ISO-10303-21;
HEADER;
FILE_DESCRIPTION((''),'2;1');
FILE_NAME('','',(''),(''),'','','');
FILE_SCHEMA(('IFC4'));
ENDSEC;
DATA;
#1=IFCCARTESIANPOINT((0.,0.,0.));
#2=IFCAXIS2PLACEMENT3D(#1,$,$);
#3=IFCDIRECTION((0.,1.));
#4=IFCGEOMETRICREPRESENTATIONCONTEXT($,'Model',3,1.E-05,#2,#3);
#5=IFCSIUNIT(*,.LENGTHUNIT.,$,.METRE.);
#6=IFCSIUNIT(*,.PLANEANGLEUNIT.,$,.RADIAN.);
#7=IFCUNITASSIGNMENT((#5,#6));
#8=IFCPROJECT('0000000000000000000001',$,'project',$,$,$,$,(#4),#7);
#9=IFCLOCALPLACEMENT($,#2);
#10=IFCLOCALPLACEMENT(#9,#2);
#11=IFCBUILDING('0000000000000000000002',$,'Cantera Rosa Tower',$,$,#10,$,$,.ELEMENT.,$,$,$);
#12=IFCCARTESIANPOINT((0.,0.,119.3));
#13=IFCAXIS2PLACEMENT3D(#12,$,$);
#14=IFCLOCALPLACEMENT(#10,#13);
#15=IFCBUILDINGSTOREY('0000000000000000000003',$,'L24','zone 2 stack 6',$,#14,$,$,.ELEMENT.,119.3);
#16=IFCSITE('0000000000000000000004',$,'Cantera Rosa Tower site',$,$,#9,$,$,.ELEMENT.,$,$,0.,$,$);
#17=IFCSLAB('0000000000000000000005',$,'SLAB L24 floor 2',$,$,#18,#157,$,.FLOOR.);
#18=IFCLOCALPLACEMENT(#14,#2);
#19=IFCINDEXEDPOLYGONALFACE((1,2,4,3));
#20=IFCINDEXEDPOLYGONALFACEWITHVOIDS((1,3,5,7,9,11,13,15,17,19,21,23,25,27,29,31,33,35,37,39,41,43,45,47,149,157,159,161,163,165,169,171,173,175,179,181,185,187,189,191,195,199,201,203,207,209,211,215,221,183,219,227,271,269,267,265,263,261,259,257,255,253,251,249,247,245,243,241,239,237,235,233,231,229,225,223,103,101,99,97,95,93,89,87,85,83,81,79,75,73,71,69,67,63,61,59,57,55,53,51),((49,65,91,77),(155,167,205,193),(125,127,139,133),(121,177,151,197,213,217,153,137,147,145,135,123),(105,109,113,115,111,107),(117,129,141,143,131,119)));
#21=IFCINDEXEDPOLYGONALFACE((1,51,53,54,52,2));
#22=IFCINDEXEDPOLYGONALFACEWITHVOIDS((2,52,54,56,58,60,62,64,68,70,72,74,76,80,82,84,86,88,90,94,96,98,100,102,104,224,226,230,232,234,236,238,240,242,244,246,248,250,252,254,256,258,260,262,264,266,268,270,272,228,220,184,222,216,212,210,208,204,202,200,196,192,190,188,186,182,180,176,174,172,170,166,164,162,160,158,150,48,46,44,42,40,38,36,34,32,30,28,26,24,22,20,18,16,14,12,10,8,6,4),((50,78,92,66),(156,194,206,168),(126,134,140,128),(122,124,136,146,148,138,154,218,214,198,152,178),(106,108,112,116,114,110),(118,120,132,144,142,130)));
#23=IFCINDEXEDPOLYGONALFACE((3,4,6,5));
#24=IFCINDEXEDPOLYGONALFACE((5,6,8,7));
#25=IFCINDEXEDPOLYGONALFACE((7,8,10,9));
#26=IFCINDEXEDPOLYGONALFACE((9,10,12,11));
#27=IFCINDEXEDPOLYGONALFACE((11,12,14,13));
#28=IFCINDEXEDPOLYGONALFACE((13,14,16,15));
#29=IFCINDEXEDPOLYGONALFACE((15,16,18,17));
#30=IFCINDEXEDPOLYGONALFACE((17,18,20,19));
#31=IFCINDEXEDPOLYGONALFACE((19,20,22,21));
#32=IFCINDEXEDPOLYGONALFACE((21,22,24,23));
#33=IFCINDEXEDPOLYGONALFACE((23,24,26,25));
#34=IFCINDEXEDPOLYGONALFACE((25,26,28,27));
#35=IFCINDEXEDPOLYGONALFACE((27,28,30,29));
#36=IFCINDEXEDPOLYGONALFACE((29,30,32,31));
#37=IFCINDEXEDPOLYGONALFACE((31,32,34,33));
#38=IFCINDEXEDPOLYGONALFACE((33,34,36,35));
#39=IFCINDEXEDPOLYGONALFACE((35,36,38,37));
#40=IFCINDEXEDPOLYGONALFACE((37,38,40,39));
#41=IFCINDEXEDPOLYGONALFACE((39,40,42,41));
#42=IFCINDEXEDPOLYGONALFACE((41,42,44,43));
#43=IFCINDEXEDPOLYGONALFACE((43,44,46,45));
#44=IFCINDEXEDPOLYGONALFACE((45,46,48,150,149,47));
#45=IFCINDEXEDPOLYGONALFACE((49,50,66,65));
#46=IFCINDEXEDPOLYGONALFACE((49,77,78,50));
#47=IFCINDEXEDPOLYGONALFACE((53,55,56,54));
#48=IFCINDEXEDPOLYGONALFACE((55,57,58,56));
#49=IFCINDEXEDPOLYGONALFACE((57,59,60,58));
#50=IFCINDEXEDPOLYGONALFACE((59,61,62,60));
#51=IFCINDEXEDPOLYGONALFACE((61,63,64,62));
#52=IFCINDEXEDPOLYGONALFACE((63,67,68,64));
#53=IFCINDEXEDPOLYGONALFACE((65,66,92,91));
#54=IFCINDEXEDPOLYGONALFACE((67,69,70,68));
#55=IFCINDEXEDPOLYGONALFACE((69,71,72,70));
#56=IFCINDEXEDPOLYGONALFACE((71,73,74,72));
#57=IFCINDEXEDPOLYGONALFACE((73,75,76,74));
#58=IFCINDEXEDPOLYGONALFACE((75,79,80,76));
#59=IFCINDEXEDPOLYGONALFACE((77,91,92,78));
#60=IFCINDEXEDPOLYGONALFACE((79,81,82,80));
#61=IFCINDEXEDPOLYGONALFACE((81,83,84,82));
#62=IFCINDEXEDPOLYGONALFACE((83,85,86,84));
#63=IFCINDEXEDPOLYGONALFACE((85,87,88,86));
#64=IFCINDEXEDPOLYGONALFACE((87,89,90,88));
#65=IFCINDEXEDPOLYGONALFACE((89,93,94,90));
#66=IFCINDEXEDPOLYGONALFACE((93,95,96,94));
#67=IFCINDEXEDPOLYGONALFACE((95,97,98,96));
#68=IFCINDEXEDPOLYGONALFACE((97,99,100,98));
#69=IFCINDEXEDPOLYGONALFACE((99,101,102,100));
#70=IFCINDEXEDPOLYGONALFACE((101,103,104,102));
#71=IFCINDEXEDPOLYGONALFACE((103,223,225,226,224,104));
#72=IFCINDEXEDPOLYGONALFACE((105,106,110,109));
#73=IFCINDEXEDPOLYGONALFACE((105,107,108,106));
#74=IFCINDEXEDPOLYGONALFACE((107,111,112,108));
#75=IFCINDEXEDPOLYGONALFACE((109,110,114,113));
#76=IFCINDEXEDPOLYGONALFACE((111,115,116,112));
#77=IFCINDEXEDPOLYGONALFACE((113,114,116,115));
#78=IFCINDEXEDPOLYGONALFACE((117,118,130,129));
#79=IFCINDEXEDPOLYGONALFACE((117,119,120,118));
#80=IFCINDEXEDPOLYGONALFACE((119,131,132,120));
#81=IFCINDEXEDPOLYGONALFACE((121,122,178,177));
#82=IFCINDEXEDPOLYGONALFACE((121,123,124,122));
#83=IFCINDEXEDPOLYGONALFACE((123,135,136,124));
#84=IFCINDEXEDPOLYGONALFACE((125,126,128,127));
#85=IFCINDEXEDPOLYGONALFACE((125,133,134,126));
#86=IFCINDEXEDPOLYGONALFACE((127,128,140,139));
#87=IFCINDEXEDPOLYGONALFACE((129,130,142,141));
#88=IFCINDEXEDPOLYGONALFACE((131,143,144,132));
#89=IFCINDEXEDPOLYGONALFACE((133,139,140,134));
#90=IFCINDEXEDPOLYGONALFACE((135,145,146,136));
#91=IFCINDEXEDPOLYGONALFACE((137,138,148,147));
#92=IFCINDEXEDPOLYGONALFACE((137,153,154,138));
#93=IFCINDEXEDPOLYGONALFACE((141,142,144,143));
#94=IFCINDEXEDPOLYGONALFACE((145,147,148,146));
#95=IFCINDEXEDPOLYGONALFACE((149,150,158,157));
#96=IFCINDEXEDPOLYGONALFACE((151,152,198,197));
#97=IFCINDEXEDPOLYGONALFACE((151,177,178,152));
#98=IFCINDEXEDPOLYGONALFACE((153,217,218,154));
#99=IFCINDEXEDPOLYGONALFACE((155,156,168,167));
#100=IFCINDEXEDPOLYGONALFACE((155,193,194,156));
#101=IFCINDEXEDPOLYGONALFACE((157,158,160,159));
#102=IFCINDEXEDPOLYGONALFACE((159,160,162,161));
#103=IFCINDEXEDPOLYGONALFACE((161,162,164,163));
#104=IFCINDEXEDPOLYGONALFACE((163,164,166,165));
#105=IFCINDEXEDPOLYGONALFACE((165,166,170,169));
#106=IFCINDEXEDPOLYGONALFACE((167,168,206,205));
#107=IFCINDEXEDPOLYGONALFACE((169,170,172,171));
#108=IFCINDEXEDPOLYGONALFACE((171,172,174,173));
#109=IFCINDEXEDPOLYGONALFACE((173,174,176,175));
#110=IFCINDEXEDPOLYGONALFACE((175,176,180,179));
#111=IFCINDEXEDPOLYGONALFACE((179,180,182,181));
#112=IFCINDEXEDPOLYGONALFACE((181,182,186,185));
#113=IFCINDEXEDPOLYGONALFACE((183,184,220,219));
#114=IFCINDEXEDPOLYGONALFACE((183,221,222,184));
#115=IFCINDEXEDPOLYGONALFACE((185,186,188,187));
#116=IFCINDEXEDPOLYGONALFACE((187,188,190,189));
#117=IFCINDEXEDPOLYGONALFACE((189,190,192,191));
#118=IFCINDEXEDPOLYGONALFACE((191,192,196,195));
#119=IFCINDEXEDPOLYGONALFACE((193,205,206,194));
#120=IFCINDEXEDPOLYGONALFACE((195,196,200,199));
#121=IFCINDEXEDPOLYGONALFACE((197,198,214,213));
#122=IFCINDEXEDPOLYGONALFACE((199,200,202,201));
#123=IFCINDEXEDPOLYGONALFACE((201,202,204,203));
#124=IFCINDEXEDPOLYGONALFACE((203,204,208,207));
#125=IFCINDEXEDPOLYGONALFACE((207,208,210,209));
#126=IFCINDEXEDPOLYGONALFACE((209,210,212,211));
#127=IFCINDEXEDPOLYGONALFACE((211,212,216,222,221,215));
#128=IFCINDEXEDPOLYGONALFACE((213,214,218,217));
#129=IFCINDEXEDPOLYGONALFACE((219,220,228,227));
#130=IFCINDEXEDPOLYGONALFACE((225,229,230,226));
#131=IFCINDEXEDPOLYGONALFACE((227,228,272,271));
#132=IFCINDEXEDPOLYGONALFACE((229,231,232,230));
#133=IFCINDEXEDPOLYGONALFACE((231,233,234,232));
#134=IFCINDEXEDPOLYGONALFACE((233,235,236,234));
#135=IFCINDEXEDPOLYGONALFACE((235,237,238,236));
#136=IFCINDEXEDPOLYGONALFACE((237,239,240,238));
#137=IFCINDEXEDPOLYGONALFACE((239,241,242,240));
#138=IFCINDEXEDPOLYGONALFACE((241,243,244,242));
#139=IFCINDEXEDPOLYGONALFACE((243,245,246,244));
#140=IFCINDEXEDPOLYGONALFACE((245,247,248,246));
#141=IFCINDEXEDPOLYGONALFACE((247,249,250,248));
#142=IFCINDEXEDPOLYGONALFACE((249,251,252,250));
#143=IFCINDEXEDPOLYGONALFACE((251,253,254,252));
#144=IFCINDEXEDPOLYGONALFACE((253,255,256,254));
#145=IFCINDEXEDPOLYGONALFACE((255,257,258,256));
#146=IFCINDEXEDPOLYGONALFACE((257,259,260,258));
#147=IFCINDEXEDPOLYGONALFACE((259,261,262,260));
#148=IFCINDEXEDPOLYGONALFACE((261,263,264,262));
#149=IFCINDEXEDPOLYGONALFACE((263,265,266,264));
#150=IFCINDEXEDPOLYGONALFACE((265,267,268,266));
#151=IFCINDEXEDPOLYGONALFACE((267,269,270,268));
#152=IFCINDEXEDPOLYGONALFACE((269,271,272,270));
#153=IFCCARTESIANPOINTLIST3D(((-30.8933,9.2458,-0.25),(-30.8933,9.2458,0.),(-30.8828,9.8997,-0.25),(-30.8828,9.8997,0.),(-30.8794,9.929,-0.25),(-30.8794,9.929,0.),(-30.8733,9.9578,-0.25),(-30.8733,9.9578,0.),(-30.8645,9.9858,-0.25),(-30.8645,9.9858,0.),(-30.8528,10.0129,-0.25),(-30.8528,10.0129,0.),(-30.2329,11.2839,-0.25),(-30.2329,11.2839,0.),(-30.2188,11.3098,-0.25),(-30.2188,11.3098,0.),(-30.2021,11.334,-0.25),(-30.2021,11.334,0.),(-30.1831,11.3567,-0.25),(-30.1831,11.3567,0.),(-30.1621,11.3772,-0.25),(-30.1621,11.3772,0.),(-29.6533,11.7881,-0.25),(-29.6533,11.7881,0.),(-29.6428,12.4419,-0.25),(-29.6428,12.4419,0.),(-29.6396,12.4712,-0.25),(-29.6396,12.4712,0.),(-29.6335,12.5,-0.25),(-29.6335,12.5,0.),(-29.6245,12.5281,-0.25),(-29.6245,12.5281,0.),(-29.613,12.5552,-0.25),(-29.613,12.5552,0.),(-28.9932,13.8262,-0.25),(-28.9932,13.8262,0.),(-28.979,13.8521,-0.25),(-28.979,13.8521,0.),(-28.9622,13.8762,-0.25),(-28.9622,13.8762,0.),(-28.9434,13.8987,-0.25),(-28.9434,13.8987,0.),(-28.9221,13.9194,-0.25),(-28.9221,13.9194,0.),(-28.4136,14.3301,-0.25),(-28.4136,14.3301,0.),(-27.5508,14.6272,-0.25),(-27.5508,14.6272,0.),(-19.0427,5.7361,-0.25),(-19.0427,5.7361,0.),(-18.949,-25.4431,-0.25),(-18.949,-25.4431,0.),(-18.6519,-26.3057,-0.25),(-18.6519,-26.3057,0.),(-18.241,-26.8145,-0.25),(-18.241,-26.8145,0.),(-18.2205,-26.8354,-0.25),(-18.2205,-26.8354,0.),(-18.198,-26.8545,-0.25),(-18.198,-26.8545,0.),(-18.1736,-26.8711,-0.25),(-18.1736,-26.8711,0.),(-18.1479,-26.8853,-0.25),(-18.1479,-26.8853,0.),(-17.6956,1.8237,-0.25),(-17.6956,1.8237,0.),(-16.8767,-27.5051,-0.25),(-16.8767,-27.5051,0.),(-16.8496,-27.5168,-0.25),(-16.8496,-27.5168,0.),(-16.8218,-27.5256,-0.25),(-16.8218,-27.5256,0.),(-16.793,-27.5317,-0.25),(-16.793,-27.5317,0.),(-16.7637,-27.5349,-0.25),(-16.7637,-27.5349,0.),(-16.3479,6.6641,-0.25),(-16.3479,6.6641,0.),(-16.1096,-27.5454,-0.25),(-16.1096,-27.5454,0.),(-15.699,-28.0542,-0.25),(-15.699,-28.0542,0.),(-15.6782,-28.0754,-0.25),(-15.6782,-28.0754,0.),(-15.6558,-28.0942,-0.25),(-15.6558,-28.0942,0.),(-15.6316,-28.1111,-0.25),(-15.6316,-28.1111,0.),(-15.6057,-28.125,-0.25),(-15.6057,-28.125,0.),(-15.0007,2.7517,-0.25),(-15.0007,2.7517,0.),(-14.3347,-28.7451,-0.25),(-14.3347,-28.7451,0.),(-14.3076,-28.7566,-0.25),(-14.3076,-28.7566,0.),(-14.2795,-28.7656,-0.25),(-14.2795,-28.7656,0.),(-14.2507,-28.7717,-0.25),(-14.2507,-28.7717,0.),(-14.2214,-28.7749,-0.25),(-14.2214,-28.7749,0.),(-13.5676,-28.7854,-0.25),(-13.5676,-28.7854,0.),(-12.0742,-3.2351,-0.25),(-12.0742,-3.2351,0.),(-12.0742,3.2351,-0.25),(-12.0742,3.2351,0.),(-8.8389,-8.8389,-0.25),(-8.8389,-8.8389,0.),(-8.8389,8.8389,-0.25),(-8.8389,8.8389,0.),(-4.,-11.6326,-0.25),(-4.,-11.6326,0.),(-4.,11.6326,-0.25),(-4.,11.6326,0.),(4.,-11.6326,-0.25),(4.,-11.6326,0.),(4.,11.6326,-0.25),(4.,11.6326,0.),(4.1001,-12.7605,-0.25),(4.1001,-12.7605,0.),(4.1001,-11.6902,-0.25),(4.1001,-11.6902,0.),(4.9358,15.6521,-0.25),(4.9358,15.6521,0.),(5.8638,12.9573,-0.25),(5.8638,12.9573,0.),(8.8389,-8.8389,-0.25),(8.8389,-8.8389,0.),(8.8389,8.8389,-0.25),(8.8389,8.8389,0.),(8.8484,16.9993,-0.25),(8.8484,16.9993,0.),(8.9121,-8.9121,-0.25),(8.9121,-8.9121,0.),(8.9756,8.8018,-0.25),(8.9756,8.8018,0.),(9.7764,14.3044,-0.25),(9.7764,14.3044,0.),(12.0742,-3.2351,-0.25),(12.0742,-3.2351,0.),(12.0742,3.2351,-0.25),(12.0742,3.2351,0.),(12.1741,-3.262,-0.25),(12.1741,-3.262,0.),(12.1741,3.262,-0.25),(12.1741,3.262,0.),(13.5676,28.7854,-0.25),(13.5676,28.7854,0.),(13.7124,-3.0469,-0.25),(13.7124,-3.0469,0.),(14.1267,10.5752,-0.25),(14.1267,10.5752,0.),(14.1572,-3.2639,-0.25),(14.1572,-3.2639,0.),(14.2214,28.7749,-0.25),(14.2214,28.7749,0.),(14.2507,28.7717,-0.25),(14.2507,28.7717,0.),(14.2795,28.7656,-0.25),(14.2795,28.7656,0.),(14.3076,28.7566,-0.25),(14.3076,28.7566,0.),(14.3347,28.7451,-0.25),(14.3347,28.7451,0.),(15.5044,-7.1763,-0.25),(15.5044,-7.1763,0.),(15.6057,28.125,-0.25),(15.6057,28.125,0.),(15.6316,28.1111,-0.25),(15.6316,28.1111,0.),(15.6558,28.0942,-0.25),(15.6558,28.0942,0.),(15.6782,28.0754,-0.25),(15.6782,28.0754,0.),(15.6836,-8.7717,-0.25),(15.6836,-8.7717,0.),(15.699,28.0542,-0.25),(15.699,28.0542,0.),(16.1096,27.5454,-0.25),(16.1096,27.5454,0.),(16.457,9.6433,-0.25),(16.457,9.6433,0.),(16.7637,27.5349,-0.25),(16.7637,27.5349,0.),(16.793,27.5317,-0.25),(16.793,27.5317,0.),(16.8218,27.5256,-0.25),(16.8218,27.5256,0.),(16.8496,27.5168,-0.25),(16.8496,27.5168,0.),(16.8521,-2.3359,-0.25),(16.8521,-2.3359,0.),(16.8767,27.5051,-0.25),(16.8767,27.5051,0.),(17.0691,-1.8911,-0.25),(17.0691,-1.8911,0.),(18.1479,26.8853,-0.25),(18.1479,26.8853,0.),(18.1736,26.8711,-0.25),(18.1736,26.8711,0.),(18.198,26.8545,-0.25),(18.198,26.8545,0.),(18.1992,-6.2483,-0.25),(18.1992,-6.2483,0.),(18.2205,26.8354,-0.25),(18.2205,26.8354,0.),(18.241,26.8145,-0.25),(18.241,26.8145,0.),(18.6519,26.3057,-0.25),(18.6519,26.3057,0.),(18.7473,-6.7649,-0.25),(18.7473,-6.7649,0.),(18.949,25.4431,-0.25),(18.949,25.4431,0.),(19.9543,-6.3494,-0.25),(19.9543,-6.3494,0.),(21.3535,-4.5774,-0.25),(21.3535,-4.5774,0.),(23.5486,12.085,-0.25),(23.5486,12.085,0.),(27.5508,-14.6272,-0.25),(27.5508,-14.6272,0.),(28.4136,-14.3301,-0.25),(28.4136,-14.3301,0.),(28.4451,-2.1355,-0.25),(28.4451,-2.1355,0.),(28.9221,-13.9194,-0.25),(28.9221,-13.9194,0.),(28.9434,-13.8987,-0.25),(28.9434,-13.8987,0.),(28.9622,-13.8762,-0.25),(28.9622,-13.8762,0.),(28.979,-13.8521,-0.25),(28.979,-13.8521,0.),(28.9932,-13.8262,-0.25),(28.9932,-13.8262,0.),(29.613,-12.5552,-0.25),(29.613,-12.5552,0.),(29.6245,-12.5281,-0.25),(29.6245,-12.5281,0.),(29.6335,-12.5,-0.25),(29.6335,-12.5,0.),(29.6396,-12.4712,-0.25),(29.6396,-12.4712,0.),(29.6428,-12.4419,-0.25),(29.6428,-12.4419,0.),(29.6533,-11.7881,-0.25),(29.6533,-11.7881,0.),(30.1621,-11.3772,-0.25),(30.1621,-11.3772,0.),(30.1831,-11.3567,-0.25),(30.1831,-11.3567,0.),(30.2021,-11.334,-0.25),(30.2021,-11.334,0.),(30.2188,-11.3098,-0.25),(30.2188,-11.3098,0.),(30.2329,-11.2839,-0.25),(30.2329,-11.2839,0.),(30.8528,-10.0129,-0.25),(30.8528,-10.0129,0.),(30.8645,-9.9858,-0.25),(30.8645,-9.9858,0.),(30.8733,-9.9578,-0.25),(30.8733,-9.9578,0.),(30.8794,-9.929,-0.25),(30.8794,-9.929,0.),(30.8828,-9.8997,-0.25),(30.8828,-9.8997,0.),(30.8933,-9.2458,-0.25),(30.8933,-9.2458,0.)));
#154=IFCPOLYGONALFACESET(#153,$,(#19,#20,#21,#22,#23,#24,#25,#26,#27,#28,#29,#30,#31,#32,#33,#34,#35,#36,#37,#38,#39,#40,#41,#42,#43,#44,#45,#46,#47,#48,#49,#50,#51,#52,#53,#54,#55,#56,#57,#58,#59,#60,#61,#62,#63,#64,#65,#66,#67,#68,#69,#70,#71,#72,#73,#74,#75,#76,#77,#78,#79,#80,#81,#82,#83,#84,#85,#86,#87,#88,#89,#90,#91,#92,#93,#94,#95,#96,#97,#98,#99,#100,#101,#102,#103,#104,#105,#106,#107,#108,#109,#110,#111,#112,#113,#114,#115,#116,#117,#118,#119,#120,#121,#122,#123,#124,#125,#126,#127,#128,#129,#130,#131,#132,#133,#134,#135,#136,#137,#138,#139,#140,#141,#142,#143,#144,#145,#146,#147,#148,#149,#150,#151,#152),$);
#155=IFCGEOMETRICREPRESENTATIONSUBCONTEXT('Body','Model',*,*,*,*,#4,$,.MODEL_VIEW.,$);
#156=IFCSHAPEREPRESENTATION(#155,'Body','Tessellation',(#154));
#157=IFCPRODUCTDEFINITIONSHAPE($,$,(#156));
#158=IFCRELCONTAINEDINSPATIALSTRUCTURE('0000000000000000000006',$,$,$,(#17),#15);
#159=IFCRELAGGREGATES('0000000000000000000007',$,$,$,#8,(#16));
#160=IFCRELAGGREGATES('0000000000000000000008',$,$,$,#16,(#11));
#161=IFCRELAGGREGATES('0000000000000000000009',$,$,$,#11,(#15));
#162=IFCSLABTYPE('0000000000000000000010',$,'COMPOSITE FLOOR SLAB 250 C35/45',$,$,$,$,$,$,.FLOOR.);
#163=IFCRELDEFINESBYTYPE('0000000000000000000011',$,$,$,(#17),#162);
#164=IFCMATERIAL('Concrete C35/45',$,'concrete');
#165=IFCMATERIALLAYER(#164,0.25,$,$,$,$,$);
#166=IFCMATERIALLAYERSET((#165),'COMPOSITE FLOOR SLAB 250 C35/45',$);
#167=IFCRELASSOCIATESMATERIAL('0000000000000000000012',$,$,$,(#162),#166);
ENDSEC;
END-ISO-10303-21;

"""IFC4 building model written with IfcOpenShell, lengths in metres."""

from ifc_helpers import new_model, si_unit, direction, frame, origin, place, context, subcontext, project, spatial, polyline, outline, extrude, material, layer, layer_set, type_object, element, save


model = new_model("IFC4")

# Units and contexts
model_context = context("Model", 3, precision=1e-05, world=origin(), true_north=direction((0.0, 1.0)))
body_context = subcontext(model_context, "Body", "Model", "MODEL_VIEW")
ifc_project = project(units=[si_unit("LENGTHUNIT", "METRE"), si_unit("PLANEANGLEUNIT", "RADIAN")], contexts=[model_context])

# Site, building, storey
site_placement = place(None, origin())
site = spatial("IfcSite", under=ifc_project, at=site_placement, Name="Cantera Rosa Tower site", CompositionType="ELEMENT", RefElevation=0.0)
building_placement = place(site_placement, origin())
building = spatial("IfcBuilding", under=site, at=building_placement, Name="Cantera Rosa Tower", CompositionType="ELEMENT")
storey_placement = place(building_placement, frame((0.0, 0.0, 119.3)))
storey = spatial("IfcBuildingStorey", under=building, at=storey_placement, Name="L24", Description="zone 2 stack 6", CompositionType="ELEMENT", Elevation=119.3)

# Slab
ifc_material_1 = material(Name="Concrete C35/45", Category="concrete")
ifc_layer_1 = layer(ifc_material_1, 0.25)
ifc_layer_set_1 = layer_set([ifc_layer_1], Name="COMPOSITE FLOOR SLAB 250 C35/45")
slab_type_1 = type_object("IfcSlabType", Name="COMPOSITE FLOOR SLAB 250 C35/45", PredefinedType="FLOOR", material=ifc_layer_set_1)
slab_1_placement = place(storey_placement, frame((0.0, 0.0, -0.25)))
element("IfcSlab", 1, at=slab_1_placement, inside=storey, type_object=slab_type_1, Name="SLAB L24 floor 2", PredefinedType="FLOOR", context=body_context, shape_type="SweptSolid", body=[
    extrude(outline(polyline([(-14.3347, -28.7451), (-15.6057, -28.125), (-15.6316, -28.1111), (-15.6558, -28.0942), (-15.6782, -28.0754), (-15.699, -28.0542), (-16.1096, -27.5454), (-16.7637, -27.5349), (-16.793, -27.5317), (-16.8218, -27.5256), (-16.8496, -27.5168), (-16.8767, -27.5051), (-18.1479, -26.8853), (-18.1736, -26.8711), (-18.198, -26.8545), (-18.2205, -26.8354), (-18.241, -26.8145), (-18.6519, -26.3057), (-18.949, -25.4431), (-30.8933, 9.2458), (-30.8828, 9.8997), (-30.8794, 9.929), (-30.8733, 9.9578), (-30.8645, 9.9858), (-30.8528, 10.0129), (-30.2329, 11.2839), (-30.2188, 11.3098), (-30.2021, 11.334), (-30.1831, 11.3567), (-30.1621, 11.3772), (-29.6533, 11.7881), (-29.6428, 12.4419), (-29.6396, 12.4712), (-29.6335, 12.5), (-29.6245, 12.5281), (-29.613, 12.5552), (-28.9932, 13.8262), (-28.979, 13.8521), (-28.9622, 13.8762), (-28.9434, 13.8987), (-28.9221, 13.9194), (-28.4136, 14.3301), (-27.5508, 14.6272), (13.5676, 28.7854), (14.2214, 28.7749), (14.2507, 28.7717), (14.2795, 28.7656), (14.3076, 28.7566), (14.3347, 28.7451), (15.6057, 28.125), (15.6316, 28.1111), (15.6558, 28.0942), (15.6782, 28.0754), (15.699, 28.0542), (16.1096, 27.5454), (16.7637, 27.5349), (16.793, 27.5317), (16.8218, 27.5256), (16.8496, 27.5168), (16.8767, 27.5051), (18.1479, 26.8853), (18.1736, 26.8711), (18.198, 26.8545), (18.2205, 26.8354), (18.241, 26.8145), (18.6519, 26.3057), (18.949, 25.4431), (23.5486, 12.085), (16.457, 9.6433), (21.3535, -4.5774), (28.4451, -2.1355), (30.8933, -9.2458), (30.8828, -9.8997), (30.8794, -9.929), (30.8733, -9.9578), (30.8645, -9.9858), (30.8528, -10.0129), (30.2329, -11.2839), (30.2188, -11.3098), (30.2021, -11.334), (30.1831, -11.3567), (30.1621, -11.3772), (29.6533, -11.7881), (29.6428, -12.4419), (29.6396, -12.4712), (29.6335, -12.5), (29.6245, -12.5281), (29.613, -12.5552), (28.9932, -13.8262), (28.979, -13.8521), (28.9622, -13.8762), (28.9434, -13.8987), (28.9221, -13.9194), (28.4136, -14.3301), (27.5508, -14.6272), (-13.5676, -28.7854), (-14.2214, -28.7749), (-14.2507, -28.7717), (-14.2795, -28.7656), (-14.3076, -28.7566), (-14.3347, -28.7451)]), holes=[polyline([(-4.0, 11.6326), (-8.8389, 8.8389), (-12.0742, 3.2351), (-12.0742, -3.2351), (-8.8389, -8.8389), (-4.0, -11.6326), (-4.0, 11.6326)]), polyline([(-15.0007, 2.7517), (-16.3479, 6.6641), (-19.0427, 5.7361), (-17.6956, 1.8237), (-15.0007, 2.7517)]), polyline([(18.1992, -6.2483), (16.8521, -2.3359), (14.1572, -3.2639), (15.5044, -7.1763), (18.1992, -6.2483)]), polyline([(15.6836, -8.7717), (13.7124, -3.0469), (17.0691, -1.8911), (18.7473, -6.7649), (19.9543, -6.3494), (14.1267, 10.5752), (8.9756, 8.8018), (12.1741, 3.262), (12.1741, -3.262), (8.9121, -8.9121), (4.1001, -11.6902), (4.1001, -12.7605), (15.6836, -8.7717)]), polyline([(8.8389, -8.8389), (12.0742, -3.2351), (12.0742, 3.2351), (8.8389, 8.8389), (4.0, 11.6326), (4.0, -11.6326), (8.8389, -8.8389)]), polyline([(9.7764, 14.3044), (8.8484, 16.9993), (4.9358, 15.6521), (5.8638, 12.9573), (9.7764, 14.3044)])]), origin(), (0.0, 0.0, 1.0), 0.25),
])

save(model, "model.ifc")
